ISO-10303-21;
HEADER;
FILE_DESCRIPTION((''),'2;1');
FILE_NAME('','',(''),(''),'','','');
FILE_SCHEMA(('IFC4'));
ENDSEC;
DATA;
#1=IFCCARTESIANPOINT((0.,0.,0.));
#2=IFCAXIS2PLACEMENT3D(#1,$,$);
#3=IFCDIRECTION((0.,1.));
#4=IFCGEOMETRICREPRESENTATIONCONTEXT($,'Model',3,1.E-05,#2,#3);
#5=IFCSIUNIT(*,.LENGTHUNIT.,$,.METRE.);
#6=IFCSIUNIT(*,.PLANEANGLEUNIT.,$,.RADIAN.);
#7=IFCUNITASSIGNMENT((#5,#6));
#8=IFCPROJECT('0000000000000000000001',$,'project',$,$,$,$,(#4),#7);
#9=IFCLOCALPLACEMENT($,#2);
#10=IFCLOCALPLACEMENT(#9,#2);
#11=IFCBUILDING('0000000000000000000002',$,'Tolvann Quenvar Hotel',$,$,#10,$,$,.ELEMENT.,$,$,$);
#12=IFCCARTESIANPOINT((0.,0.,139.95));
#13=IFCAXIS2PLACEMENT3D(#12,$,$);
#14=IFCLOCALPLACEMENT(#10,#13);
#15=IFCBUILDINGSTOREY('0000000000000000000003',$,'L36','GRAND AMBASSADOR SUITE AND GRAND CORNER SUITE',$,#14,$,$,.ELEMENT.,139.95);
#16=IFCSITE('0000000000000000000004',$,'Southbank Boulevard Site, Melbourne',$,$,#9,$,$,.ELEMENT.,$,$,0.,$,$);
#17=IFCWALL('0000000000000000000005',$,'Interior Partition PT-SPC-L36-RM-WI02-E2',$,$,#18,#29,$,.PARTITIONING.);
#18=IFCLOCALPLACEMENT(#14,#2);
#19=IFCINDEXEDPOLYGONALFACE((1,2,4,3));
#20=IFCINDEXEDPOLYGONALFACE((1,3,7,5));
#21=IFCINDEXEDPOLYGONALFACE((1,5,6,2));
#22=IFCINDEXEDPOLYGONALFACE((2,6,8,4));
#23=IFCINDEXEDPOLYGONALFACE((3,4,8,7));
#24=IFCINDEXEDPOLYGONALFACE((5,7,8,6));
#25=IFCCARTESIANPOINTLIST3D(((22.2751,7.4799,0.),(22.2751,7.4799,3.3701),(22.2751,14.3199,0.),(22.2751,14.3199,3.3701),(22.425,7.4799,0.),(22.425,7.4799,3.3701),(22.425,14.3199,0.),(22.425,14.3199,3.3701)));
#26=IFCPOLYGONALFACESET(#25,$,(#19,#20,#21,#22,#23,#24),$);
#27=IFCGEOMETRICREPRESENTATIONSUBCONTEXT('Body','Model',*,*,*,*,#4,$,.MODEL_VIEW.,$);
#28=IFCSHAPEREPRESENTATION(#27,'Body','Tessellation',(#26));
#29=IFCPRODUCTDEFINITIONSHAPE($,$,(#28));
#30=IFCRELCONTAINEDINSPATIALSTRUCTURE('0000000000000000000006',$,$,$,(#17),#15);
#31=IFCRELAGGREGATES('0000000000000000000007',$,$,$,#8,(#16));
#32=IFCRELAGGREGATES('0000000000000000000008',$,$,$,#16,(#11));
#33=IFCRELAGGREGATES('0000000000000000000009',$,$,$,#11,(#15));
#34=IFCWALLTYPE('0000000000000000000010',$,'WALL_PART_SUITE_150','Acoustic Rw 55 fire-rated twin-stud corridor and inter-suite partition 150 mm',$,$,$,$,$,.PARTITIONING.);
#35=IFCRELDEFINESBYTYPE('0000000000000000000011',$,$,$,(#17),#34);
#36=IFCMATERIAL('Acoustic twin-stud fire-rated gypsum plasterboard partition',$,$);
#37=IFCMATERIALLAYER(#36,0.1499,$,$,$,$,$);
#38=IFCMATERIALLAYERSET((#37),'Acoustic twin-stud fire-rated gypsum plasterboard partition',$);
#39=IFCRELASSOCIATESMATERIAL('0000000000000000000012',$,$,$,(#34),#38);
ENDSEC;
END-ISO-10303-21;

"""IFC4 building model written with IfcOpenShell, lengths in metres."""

from ifc_helpers import new_model, si_unit, direction, frame, frame_2d, origin, place, context, subcontext, project, spatial, rectangle, extrude, material, layer, layer_set, type_object, element, save


model = new_model("IFC4")

# Units and contexts
model_context = context("Model", 3, precision=1e-05, world=origin(), true_north=direction((0.0, 1.0)))
body_context = subcontext(model_context, "Body", "Model", "MODEL_VIEW")
ifc_project = project(units=[si_unit("LENGTHUNIT", "METRE"), si_unit("PLANEANGLEUNIT", "RADIAN")], contexts=[model_context])

# Site, building, storey
site_placement = place(None, origin())
site = spatial("IfcSite", under=ifc_project, at=site_placement, Name="Southbank Boulevard Site, Melbourne", CompositionType="ELEMENT", RefElevation=0.0)
building_placement = place(site_placement, origin())
building = spatial("IfcBuilding", under=site, at=building_placement, Name="Tolvann Quenvar Hotel", CompositionType="ELEMENT")
storey_placement = place(building_placement, frame((0.0, 0.0, 139.95)))
storey = spatial("IfcBuildingStorey", under=building, at=storey_placement, Name="L36", Description="GRAND AMBASSADOR SUITE AND GRAND CORNER SUITE", CompositionType="ELEMENT", Elevation=139.95)

# Shared definitions
ifc_material_1 = material(Name="Acoustic twin-stud fire-rated gypsum plasterboard partition")
ifc_layer_1 = layer(ifc_material_1, 0.1499)
ifc_layer_set_1 = layer_set([ifc_layer_1], Name="Acoustic twin-stud fire-rated gypsum plasterboard partition")
wall_type_1 = type_object("IfcWallType", Name="WALL_PART_SUITE_150", Description="Acoustic Rw 55 fire-rated twin-stud corridor and inter-suite partition 150 mm", PredefinedType="PARTITIONING", material=ifc_layer_set_1)

# Wall
wall_1_placement = place(storey_placement, frame((22.3501, 7.48, 0.0), z_axis=(0.0, 0.0, 1.0), x_axis=(0.0, 1.0, 0.0)))
element("IfcWall", 1, at=wall_1_placement, inside=storey, type_object=wall_type_1, Name="Interior Partition PT-SPC-L36-RM-WI02-E2", PredefinedType="PARTITIONING", context=body_context, shape_type="SweptSolid", body=[
    extrude(rectangle(XDim=6.8401, YDim=0.1499, at=frame_2d((3.4199, 0.0))), origin(), (0.0, 0.0, 1.0), 3.3701),
])

save(model, "model.ifc")
